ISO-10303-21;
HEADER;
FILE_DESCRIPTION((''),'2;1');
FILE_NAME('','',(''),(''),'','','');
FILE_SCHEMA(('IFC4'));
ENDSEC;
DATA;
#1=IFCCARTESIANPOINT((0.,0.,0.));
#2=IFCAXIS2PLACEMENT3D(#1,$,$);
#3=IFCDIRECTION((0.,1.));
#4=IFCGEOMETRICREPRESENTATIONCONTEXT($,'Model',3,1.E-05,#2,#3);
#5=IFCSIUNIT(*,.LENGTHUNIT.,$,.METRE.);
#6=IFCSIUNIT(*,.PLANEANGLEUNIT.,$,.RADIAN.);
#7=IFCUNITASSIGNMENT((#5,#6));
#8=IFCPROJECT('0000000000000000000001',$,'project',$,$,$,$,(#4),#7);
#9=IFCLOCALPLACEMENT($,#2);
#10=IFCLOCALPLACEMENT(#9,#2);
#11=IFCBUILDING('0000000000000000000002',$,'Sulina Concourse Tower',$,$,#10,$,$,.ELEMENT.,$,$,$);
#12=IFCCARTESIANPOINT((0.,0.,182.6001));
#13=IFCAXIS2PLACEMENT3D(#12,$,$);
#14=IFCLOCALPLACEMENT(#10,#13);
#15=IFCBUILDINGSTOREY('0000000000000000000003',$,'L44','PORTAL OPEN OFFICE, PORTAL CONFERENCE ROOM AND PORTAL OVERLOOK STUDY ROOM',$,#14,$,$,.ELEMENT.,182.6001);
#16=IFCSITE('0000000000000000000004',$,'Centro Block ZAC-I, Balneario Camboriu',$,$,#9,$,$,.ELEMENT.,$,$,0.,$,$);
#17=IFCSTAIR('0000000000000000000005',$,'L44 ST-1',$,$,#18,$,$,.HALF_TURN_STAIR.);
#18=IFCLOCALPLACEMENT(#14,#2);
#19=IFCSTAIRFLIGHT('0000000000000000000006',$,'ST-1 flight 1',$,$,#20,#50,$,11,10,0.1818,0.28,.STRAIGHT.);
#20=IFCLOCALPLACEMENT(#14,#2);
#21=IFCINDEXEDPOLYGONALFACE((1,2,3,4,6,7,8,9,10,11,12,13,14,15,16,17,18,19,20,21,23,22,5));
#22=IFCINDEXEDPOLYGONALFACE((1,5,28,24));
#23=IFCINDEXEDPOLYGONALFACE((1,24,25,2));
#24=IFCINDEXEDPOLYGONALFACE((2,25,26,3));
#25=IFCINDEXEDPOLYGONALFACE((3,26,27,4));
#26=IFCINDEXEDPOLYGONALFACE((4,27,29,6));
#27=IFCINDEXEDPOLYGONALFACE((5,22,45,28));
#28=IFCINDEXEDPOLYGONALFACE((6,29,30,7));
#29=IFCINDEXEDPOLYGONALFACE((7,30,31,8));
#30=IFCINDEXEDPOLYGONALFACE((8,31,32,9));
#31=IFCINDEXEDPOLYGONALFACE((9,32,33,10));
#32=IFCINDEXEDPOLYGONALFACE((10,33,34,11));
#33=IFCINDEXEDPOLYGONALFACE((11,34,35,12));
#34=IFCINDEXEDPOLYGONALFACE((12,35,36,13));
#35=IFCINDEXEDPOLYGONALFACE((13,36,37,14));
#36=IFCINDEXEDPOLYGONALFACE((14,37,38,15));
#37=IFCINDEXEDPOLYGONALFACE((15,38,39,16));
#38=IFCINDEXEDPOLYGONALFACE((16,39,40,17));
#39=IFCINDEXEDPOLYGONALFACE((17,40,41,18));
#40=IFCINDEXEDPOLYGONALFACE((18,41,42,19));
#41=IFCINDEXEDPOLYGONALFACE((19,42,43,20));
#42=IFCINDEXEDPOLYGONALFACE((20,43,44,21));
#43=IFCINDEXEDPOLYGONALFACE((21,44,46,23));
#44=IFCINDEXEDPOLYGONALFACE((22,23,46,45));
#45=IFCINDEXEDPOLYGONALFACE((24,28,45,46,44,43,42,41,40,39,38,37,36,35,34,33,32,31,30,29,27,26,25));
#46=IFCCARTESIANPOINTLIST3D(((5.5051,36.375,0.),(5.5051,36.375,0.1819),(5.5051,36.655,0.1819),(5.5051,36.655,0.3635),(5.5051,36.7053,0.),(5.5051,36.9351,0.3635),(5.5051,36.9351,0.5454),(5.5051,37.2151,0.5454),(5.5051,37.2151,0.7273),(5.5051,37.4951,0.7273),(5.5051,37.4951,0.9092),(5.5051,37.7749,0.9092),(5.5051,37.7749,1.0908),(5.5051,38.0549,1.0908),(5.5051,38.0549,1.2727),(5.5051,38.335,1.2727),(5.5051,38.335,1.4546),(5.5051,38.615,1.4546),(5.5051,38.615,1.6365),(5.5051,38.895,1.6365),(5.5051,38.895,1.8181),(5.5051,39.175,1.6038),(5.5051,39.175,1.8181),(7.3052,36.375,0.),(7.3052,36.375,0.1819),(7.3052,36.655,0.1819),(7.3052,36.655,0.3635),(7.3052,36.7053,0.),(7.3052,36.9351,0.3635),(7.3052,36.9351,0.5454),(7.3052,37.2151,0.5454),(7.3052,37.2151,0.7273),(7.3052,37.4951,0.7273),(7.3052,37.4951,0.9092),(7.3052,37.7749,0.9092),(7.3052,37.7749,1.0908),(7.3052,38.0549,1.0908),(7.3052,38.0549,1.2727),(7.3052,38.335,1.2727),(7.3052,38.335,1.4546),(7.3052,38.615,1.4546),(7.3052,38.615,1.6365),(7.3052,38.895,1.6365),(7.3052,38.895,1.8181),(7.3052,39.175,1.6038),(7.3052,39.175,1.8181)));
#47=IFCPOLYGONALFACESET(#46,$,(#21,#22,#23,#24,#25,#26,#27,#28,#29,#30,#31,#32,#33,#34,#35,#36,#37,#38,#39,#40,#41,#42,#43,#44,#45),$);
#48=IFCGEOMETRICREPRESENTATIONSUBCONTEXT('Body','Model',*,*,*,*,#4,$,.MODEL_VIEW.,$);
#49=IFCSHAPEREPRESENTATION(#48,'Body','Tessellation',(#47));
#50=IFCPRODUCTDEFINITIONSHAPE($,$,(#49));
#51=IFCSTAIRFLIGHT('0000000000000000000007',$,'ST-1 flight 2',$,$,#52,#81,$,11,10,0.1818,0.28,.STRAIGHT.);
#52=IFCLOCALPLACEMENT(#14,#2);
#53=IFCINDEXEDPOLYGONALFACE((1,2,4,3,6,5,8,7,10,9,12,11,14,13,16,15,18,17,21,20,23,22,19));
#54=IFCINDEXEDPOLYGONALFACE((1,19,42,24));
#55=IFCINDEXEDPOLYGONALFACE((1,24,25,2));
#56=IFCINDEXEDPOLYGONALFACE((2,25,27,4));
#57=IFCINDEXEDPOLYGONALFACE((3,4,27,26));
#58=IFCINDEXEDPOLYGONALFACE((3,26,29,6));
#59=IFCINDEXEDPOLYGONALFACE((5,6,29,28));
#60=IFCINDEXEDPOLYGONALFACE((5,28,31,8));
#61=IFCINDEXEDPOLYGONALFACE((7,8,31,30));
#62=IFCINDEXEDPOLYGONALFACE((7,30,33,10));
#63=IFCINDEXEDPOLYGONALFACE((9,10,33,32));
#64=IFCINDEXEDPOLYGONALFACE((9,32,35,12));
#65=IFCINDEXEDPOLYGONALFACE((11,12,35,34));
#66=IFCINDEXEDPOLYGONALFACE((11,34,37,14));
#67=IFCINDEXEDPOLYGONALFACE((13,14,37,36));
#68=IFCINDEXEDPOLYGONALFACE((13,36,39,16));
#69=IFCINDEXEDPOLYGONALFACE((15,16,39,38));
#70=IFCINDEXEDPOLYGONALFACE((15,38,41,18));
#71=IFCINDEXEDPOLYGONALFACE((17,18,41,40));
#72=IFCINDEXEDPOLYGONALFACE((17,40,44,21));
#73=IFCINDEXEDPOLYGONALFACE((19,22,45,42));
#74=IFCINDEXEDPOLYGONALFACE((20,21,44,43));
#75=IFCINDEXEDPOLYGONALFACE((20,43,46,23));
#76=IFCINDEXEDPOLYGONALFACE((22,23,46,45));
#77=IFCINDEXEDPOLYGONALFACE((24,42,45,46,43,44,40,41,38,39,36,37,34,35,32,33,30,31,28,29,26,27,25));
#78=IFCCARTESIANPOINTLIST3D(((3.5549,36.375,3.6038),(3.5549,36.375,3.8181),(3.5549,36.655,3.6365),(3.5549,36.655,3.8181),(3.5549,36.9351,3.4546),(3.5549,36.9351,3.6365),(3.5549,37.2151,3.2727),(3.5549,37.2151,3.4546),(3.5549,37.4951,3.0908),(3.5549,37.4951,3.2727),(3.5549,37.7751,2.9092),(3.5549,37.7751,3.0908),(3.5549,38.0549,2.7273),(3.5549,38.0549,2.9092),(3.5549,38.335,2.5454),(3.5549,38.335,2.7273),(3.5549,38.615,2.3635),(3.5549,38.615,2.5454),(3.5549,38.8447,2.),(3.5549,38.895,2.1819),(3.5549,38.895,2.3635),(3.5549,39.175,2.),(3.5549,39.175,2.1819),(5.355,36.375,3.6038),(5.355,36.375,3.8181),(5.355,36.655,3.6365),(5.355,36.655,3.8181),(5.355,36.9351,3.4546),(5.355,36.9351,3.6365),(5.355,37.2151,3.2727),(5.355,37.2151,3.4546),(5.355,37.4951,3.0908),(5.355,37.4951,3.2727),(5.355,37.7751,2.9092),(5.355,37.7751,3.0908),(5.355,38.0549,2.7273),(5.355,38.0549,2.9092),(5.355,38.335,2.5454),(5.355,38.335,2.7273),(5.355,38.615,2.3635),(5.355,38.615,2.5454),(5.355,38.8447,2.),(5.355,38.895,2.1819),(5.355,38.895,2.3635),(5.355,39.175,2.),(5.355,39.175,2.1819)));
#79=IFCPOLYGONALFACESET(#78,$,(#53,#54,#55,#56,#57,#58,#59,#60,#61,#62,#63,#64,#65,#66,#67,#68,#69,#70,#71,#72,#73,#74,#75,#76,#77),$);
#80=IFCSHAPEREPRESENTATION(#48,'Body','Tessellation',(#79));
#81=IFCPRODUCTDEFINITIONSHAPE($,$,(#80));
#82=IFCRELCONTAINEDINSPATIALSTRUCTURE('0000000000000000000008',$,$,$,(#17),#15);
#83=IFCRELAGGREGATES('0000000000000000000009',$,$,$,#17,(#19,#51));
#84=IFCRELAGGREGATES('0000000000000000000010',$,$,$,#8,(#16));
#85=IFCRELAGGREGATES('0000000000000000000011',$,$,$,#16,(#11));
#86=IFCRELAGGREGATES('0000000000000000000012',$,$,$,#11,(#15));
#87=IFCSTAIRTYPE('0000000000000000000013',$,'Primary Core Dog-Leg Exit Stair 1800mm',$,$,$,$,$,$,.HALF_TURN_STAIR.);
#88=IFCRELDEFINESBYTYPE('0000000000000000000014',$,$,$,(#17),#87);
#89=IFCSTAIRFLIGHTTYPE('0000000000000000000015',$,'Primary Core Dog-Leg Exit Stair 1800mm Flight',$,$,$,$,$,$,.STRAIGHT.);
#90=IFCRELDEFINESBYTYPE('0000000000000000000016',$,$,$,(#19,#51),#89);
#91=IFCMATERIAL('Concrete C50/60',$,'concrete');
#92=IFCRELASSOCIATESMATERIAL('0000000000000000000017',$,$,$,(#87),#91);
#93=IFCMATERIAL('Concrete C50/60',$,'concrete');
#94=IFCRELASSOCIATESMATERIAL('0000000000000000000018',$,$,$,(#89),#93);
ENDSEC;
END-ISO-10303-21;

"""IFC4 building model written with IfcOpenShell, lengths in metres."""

from ifc_helpers import new_model, si_unit, direction, frame, origin, place, context, subcontext, project, spatial, polyline, outline, extrude, material, type_object, element, aggregate, save


model = new_model("IFC4")

# Units and contexts
model_context = context("Model", 3, precision=1e-05, world=origin(), true_north=direction((0.0, 1.0)))
body_context = subcontext(model_context, "Body", "Model", "MODEL_VIEW")
ifc_project = project(units=[si_unit("LENGTHUNIT", "METRE"), si_unit("PLANEANGLEUNIT", "RADIAN")], contexts=[model_context])

# Site, building, storey
site_placement = place(None, origin())
site = spatial("IfcSite", under=ifc_project, at=site_placement, Name="Centro Block ZAC-I, Balneario Camboriu", CompositionType="ELEMENT", RefElevation=0.0)
building_placement = place(site_placement, origin())
building = spatial("IfcBuilding", under=site, at=building_placement, Name="Sulina Concourse Tower", CompositionType="ELEMENT")
storey_placement = place(building_placement, frame((0.0, 0.0, 182.6001)))
storey = spatial("IfcBuildingStorey", under=building, at=storey_placement, Name="L44", Description="PORTAL OPEN OFFICE, PORTAL CONFERENCE ROOM AND PORTAL OVERLOOK STUDY ROOM", CompositionType="ELEMENT", Elevation=182.6001)

# Stair, stair flights
ifc_material_1 = material(Name="Concrete C50/60", Category="concrete")
stair_type = type_object("IfcStairType", Name="Primary Core Dog-Leg Exit Stair 1800mm", PredefinedType="HALF_TURN_STAIR", material=ifc_material_1)
stair_placement = place(storey_placement, origin())
stair = element("IfcStair", 1, at=stair_placement, inside=storey, type_object=stair_type, Name="L44 ST-1", PredefinedType="HALF_TURN_STAIR")
ifc_material_2 = material(Name="Concrete C50/60", Category="concrete")
stair_flight_type = type_object("IfcStairFlightType", Name="Primary Core Dog-Leg Exit Stair 1800mm Flight", PredefinedType="STRAIGHT", material=ifc_material_2)
stair_flight_1_placement = place(storey_placement, frame((6.405, 36.375, 0.0), z_axis=(0.0, 0.0, 1.0), x_axis=(0.0, 1.0, 0.0)))
stair_flight_1 = element("IfcStairFlight", 2, at=stair_flight_1_placement, type_object=stair_flight_type, Name="ST-1 flight 1", NumberOfRisers=11, NumberOfTreads=10, PredefinedType="STRAIGHT", RiserHeight=0.1818, TreadLength=0.28, context=body_context, shape_type="SweptSolid", body=[
    extrude(outline(polyline([(0.0, 0.0), (0.0, 0.1819), (0.28, 0.1819), (0.28, 0.3635), (0.5601, 0.3635), (0.5601, 0.5454), (0.8401, 0.5454), (0.8401, 0.7273), (1.1201, 0.7273), (1.1201, 0.9092), (1.3999, 0.9092), (1.3999, 1.0908), (1.6799, 1.0908), (1.6799, 1.2727), (1.96, 1.2727), (1.96, 1.4546), (2.24, 1.4546), (2.24, 1.6365), (2.52, 1.6365), (2.52, 1.8181), (2.8, 1.8181), (2.8, 2.0), (2.8, 1.6038), (0.3303, 0.0), (0.0, 0.0)])), frame((0.0, 0.8999, 0.0), z_axis=(0.0, -1.0, 0.0), x_axis=(1.0, 0.0, 0.0)), (0.0, 0.0, 1.0), 1.8),
])
stair_flight_2_placement = place(storey_placement, frame((4.4551, 39.175, 2.0), z_axis=(0.0, 0.0, 1.0), x_axis=(0.0, -1.0, 0.0)))
stair_flight_2 = element("IfcStairFlight", 3, at=stair_flight_2_placement, type_object=stair_flight_type, Name="ST-1 flight 2", NumberOfRisers=11, NumberOfTreads=10, PredefinedType="STRAIGHT", RiserHeight=0.1818, TreadLength=0.28, context=body_context, shape_type="SweptSolid", body=[
    extrude(outline(polyline([(0.0, 0.0), (0.0, 0.1819), (0.28, 0.1819), (0.28, 0.3635), (0.5601, 0.3635), (0.5601, 0.5454), (0.8401, 0.5454), (0.8401, 0.7273), (1.1201, 0.7273), (1.1201, 0.9092), (1.3999, 0.9092), (1.3999, 1.0908), (1.6799, 1.0908), (1.6799, 1.2727), (1.96, 1.2727), (1.96, 1.4546), (2.24, 1.4546), (2.24, 1.6365), (2.52, 1.6365), (2.52, 1.8181), (2.8, 1.8181), (2.8, 2.0), (2.8, 1.6038), (0.3303, 0.0), (0.0, 0.0)])), frame((0.0, 0.8999, 0.0), z_axis=(0.0, -1.0, 0.0), x_axis=(1.0, 0.0, 0.0)), (0.0, 0.0, 1.0), 1.8),
])
aggregate(stair, [stair_flight_1, stair_flight_2])

save(model, "model.ifc")
